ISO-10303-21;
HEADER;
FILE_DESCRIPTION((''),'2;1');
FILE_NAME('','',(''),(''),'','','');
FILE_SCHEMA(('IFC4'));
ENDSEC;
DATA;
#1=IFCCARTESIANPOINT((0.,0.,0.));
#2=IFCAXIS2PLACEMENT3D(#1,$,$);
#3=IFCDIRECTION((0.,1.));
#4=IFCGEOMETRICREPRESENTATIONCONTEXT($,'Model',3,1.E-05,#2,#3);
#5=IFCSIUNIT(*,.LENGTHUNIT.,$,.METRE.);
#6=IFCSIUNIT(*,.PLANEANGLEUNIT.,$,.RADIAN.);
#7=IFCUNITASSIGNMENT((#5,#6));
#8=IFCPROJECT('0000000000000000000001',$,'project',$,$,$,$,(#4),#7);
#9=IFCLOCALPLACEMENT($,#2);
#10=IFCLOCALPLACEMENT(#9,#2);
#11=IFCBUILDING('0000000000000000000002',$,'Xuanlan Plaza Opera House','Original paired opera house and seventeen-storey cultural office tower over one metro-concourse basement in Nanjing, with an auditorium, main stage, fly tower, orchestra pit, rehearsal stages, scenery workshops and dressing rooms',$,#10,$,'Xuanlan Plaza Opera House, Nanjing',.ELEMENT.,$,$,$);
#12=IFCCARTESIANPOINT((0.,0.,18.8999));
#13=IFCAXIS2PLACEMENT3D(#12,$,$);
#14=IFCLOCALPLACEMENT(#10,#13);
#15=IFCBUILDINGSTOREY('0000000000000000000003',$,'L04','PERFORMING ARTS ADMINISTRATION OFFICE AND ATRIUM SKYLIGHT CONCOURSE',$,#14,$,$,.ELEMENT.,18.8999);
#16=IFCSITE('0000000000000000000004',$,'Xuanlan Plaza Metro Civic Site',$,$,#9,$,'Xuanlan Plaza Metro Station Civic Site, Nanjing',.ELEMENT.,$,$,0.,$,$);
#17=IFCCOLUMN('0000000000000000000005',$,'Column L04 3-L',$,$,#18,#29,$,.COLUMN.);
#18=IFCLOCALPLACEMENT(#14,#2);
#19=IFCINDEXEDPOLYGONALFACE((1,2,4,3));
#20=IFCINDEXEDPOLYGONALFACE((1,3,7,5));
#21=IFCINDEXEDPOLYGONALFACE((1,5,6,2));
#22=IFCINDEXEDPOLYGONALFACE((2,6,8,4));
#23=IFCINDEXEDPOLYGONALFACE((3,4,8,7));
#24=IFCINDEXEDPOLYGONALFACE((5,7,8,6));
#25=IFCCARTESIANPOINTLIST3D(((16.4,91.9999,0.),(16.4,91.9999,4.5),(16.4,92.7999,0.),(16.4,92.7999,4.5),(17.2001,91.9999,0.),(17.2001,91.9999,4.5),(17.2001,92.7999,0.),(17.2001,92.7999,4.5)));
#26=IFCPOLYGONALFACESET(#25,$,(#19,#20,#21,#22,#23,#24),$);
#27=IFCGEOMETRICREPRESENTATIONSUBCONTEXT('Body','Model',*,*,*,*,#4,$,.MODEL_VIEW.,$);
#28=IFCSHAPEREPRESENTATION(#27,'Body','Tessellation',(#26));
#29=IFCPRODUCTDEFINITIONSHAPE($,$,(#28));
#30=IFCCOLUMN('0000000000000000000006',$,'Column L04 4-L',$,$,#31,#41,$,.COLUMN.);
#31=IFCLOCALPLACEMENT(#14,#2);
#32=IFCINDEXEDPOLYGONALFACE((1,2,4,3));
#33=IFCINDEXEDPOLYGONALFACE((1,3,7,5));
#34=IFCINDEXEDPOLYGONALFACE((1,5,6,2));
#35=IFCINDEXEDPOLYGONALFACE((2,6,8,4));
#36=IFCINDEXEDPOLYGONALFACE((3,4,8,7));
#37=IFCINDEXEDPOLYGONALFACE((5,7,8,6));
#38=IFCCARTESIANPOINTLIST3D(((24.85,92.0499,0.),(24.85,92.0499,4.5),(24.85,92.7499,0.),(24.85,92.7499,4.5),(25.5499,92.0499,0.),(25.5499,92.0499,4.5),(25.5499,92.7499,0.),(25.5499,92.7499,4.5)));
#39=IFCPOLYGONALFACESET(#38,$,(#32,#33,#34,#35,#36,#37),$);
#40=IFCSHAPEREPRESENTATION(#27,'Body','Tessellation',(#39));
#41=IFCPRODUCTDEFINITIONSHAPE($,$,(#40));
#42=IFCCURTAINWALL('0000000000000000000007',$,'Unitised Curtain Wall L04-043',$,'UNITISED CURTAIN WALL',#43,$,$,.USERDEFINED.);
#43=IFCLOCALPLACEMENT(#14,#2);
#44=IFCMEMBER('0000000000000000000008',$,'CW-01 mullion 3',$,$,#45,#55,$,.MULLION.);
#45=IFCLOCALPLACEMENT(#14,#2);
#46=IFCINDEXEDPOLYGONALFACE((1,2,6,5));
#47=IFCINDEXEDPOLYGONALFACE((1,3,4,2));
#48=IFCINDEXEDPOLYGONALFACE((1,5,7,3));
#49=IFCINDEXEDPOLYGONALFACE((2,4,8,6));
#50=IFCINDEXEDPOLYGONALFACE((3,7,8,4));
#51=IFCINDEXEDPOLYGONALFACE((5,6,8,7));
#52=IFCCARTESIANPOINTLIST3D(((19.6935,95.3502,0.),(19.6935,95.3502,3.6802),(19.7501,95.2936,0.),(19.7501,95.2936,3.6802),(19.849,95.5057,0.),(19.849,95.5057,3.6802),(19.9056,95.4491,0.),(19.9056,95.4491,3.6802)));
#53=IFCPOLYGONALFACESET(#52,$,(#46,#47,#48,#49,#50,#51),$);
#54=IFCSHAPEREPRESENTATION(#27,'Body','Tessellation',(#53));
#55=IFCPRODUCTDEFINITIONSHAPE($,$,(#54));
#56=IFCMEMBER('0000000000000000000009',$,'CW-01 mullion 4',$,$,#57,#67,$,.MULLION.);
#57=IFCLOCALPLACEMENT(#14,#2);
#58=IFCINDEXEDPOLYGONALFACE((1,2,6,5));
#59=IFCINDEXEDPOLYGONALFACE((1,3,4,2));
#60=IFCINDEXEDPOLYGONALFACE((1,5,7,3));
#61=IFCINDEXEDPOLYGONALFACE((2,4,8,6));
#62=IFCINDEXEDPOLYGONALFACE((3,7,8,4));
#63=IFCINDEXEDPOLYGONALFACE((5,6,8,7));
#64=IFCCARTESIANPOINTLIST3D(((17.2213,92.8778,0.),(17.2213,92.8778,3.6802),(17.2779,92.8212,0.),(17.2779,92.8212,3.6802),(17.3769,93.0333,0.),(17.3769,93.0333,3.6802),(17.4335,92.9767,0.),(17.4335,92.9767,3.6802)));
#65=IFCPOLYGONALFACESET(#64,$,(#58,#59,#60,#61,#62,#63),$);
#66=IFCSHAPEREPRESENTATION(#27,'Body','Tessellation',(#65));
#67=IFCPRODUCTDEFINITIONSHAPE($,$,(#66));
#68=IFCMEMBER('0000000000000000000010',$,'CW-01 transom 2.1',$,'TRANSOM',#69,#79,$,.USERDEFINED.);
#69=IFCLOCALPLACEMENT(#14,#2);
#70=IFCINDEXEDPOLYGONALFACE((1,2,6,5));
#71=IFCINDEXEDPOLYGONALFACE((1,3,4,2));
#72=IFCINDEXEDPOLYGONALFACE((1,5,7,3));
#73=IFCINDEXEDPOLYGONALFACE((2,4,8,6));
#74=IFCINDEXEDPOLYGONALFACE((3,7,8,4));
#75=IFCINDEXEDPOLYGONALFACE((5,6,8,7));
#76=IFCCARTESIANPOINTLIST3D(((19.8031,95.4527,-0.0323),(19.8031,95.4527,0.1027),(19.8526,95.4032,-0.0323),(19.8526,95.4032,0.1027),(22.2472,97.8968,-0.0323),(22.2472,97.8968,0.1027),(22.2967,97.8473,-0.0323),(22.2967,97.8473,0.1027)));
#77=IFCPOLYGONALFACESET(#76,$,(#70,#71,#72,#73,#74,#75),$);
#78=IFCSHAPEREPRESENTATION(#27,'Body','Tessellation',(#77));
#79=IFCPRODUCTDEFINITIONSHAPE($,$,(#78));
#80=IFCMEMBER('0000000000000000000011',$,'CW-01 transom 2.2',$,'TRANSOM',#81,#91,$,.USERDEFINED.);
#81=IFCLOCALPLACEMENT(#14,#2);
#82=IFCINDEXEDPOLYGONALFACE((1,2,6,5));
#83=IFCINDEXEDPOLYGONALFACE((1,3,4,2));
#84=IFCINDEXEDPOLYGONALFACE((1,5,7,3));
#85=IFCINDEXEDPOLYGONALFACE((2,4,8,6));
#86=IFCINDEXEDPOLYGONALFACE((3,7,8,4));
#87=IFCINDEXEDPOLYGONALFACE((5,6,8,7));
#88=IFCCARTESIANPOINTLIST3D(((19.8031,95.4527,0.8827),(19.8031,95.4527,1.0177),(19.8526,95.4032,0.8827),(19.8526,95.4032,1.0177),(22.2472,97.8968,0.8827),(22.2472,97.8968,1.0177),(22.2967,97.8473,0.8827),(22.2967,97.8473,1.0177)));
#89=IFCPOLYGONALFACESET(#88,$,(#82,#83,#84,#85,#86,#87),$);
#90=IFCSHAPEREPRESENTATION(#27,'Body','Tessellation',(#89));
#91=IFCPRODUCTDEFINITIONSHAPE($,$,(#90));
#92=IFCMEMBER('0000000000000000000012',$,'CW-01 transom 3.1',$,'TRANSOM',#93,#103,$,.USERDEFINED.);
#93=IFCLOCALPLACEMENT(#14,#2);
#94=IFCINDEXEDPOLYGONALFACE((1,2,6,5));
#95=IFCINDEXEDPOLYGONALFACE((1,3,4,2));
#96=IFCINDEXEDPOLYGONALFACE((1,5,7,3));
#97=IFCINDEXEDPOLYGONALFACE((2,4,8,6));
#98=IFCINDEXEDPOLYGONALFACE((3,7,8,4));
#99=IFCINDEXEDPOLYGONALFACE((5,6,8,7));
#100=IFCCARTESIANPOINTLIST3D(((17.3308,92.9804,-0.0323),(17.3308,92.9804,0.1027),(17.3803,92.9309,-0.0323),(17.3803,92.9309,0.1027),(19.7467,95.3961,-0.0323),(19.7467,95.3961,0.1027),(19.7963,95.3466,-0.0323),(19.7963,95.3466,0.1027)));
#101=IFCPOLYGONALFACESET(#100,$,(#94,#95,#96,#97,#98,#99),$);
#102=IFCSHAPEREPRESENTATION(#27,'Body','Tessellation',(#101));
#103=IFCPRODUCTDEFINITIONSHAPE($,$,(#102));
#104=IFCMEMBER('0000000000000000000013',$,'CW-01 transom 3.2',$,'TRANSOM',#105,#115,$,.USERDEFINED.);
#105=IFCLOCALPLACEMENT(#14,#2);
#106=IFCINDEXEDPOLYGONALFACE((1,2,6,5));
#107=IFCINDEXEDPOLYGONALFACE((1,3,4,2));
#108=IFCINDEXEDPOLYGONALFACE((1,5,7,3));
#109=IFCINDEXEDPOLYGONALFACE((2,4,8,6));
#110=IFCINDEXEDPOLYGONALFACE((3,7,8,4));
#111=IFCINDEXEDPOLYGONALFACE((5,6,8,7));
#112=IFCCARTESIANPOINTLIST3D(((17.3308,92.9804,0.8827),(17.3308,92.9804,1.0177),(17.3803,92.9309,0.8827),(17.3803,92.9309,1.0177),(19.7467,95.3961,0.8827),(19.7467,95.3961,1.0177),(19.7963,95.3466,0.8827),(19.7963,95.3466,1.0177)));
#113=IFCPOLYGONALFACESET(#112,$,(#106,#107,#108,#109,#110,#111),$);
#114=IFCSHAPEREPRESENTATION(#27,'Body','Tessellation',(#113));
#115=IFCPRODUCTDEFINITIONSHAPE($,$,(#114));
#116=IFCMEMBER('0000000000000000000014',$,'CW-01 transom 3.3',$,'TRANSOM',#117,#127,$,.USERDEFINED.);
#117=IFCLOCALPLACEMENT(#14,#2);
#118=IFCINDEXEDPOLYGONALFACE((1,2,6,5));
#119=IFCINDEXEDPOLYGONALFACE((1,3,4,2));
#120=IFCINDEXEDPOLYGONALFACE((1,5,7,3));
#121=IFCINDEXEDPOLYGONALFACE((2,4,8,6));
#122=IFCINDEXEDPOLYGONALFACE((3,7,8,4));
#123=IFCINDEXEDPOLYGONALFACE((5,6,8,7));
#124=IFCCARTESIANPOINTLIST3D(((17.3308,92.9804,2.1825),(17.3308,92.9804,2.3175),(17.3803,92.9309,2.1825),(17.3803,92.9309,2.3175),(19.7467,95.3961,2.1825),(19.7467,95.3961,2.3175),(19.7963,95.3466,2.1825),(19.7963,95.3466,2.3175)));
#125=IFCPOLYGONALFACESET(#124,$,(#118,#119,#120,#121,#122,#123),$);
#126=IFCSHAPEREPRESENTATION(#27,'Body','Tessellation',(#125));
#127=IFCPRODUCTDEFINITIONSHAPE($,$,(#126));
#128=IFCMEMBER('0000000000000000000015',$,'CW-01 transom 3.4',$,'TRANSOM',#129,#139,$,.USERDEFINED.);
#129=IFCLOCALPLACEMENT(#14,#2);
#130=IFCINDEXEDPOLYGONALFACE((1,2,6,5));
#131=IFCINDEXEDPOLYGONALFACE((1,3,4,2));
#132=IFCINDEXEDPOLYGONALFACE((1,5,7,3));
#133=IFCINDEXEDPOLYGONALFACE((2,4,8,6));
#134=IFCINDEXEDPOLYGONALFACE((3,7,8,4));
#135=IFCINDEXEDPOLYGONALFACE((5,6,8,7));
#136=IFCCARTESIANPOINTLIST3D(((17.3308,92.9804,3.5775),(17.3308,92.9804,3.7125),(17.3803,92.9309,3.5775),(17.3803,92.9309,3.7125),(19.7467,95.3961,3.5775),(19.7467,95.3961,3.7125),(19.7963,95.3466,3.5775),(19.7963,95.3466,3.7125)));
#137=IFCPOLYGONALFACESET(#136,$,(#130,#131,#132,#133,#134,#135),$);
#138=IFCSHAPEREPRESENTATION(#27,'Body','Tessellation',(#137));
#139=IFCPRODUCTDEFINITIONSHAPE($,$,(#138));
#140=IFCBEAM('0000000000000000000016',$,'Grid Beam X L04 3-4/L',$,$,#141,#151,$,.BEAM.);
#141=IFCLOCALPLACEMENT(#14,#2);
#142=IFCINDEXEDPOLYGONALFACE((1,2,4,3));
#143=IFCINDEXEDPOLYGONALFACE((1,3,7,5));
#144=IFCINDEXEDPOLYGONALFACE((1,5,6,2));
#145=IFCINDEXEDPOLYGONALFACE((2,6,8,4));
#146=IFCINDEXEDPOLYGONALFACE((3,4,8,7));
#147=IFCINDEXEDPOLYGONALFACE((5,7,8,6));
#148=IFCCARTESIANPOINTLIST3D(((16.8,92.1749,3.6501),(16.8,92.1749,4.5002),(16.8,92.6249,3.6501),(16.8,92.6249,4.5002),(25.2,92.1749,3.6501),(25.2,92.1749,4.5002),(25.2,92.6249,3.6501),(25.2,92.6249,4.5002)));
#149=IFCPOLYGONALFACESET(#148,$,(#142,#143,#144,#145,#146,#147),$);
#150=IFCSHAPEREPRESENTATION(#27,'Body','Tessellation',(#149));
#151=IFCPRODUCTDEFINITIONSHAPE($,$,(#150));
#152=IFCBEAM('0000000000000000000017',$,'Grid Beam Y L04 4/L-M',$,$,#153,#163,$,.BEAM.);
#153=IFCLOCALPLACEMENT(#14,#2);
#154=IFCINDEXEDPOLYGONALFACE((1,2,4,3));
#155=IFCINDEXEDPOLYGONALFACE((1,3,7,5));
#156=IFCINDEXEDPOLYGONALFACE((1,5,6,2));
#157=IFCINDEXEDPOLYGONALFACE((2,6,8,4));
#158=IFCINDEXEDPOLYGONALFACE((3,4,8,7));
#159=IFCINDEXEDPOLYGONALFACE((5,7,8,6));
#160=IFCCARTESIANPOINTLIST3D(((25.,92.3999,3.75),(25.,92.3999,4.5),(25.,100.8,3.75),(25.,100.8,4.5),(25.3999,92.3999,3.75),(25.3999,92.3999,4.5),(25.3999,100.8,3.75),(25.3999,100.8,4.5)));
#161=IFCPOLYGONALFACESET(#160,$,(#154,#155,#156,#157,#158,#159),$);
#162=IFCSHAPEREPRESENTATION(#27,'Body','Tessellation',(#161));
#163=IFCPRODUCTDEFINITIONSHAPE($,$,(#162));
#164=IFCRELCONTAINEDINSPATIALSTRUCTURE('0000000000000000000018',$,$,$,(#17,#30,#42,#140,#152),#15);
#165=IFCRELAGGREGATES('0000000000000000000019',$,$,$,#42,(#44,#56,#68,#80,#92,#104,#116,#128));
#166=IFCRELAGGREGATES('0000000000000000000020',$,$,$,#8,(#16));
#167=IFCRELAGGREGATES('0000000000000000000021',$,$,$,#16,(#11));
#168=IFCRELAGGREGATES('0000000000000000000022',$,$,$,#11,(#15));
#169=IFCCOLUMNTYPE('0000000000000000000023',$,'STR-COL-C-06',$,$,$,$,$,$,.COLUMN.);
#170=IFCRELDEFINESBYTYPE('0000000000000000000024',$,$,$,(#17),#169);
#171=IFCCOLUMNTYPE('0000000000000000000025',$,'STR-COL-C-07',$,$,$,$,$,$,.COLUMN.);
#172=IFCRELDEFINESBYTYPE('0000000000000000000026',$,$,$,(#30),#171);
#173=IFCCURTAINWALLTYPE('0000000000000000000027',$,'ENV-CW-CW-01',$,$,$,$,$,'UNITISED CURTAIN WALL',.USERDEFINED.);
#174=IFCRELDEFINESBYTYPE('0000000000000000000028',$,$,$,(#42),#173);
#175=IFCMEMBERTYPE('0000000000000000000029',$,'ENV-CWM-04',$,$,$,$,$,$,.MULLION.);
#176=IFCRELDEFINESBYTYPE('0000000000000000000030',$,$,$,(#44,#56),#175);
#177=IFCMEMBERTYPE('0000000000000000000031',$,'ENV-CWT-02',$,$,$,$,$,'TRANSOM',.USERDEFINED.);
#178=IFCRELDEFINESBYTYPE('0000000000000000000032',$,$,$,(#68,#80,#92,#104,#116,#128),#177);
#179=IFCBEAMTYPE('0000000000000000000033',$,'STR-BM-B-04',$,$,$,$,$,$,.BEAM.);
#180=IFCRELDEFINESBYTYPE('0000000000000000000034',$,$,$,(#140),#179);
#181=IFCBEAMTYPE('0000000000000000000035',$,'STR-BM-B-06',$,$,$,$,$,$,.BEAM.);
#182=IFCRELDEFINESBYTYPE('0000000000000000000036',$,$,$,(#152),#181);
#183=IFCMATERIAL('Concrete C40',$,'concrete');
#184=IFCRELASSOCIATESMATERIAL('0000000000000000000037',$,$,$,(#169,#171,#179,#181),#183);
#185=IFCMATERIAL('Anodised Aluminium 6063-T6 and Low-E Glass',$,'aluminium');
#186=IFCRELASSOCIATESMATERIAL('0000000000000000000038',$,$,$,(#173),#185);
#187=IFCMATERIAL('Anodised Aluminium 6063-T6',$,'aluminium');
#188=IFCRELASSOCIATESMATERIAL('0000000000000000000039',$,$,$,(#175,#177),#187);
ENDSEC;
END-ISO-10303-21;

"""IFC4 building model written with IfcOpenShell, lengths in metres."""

from ifc_helpers import new_model, si_unit, direction, frame, origin, origin_2d, place, context, subcontext, project, spatial, rectangle, extrude, material, material_profile, profile_set, type_object, element, aggregate, save


model = new_model("IFC4")

# Units and contexts
model_context = context("Model", 3, precision=1e-05, world=origin(), true_north=direction((0.0, 1.0)))
body_context = subcontext(model_context, "Body", "Model", "MODEL_VIEW")
ifc_project = project(units=[si_unit("LENGTHUNIT", "METRE"), si_unit("PLANEANGLEUNIT", "RADIAN")], contexts=[model_context])

# Site, building, storey
site_placement = place(None, origin())
site = spatial("IfcSite", under=ifc_project, at=site_placement, Name="Xuanlan Plaza Metro Civic Site", LongName="Xuanlan Plaza Metro Station Civic Site, Nanjing", CompositionType="ELEMENT", RefElevation=0.0)
building_placement = place(site_placement, origin())
building = spatial("IfcBuilding", under=site, at=building_placement, Name="Xuanlan Plaza Opera House", Description="Original paired opera house and seventeen-storey cultural office tower over one metro-concourse basement in Nanjing, with an auditorium, main stage, fly tower, orchestra pit, rehearsal stages, scenery workshops and dressing rooms", LongName="Xuanlan Plaza Opera House, Nanjing", CompositionType="ELEMENT")
storey_placement = place(building_placement, frame((0.0, 0.0, 18.8999)))
storey = spatial("IfcBuildingStorey", under=building, at=storey_placement, Name="L04", Description="PERFORMING ARTS ADMINISTRATION OFFICE AND ATRIUM SKYLIGHT CONCOURSE", CompositionType="ELEMENT", Elevation=18.8999)

# Columns
ifc_material_1 = material(Name="Concrete C40", Category="concrete")
ifc_material_profile_1 = material_profile(ifc_material_1, rectangle(XDim=0.8, YDim=0.8, at=origin_2d()), Name="RC-COL 800x800")
ifc_profile_set_1 = profile_set([ifc_material_profile_1], Name="Concrete C40")
column_type_1 = type_object("IfcColumnType", Name="STR-COL-C-06", PredefinedType="COLUMN", material=ifc_profile_set_1)
column_1_placement = place(storey_placement, frame((16.8, 92.3999, 0.0), z_axis=(0.0, 0.0, 1.0), x_axis=(1.0, 0.0, 0.0)))
element("IfcColumn", 1, at=column_1_placement, inside=storey, type_object=column_type_1, Name="Column L04 3-L", PredefinedType="COLUMN", context=body_context, shape_type="SweptSolid", body=[
    extrude(rectangle(XDim=0.8, YDim=0.8, at=origin_2d()), origin(), (0.0, 0.0, 1.0), 4.5),
])
ifc_material_profile_2 = material_profile(ifc_material_1, rectangle(XDim=0.7, YDim=0.7, at=origin_2d()), Name="RC-COL 700x700")
ifc_profile_set_2 = profile_set([ifc_material_profile_2], Name="Concrete C40")
column_type_2 = type_object("IfcColumnType", Name="STR-COL-C-07", PredefinedType="COLUMN", material=ifc_profile_set_2)
column_2_placement = place(storey_placement, frame((25.2, 92.3999, 0.0), z_axis=(0.0, 0.0, 1.0), x_axis=(1.0, 0.0, 0.0)))
element("IfcColumn", 2, at=column_2_placement, inside=storey, type_object=column_type_2, Name="Column L04 4-L", PredefinedType="COLUMN", context=body_context, shape_type="SweptSolid", body=[
    extrude(rectangle(XDim=0.7, YDim=0.7, at=origin_2d()), origin(), (0.0, 0.0, 1.0), 4.5),
])

# Curtain wall, members
ifc_material_2 = material(Name="Anodised Aluminium 6063-T6 and Low-E Glass", Category="aluminium")
curtain_wall_type = type_object("IfcCurtainWallType", Name="ENV-CW-CW-01", ElementType="UNITISED CURTAIN WALL", PredefinedType="USERDEFINED", material=ifc_material_2)
curtain_wall_placement = place(storey_placement, origin())
curtain_wall = element("IfcCurtainWall", 3, at=curtain_wall_placement, inside=storey, type_object=curtain_wall_type, Name="Unitised Curtain Wall L04-043", ObjectType="UNITISED CURTAIN WALL", PredefinedType="USERDEFINED")
ifc_material_3 = material(Name="Anodised Aluminium 6063-T6", Category="aluminium")
ifc_material_profile_3 = material_profile(ifc_material_3, rectangle(XDim=0.0801, YDim=0.22, at=origin_2d()), Name="ALU-M 80x220")
ifc_profile_set_3 = profile_set([ifc_material_profile_3], Name="Anodised Aluminium 6063-T6")
member_type_1 = type_object("IfcMemberType", Name="ENV-CWM-04", PredefinedType="MULLION", material=ifc_profile_set_3)
member_1_placement = place(storey_placement, frame((19.7996, 95.3997, 0.0), z_axis=(0.0, 0.0, 1.0), x_axis=(0.707107, -0.707107, 0.0)))
member_1 = element("IfcMember", 4, at=member_1_placement, type_object=member_type_1, Name="CW-01 mullion 3", PredefinedType="MULLION", context=body_context, shape_type="SweptSolid", body=[
    extrude(rectangle(XDim=0.0801, YDim=0.22, at=origin_2d()), origin(), (0.0, 0.0, 1.0), 3.6802),
])
member_2_placement = place(storey_placement, frame((17.3274, 92.9272, 0.0), z_axis=(0.0, 0.0, 1.0), x_axis=(0.707107, -0.707107, 0.0)))
member_2 = element("IfcMember", 5, at=member_2_placement, type_object=member_type_1, Name="CW-01 mullion 4", PredefinedType="MULLION", context=body_context, shape_type="SweptSolid", body=[
    extrude(rectangle(XDim=0.0801, YDim=0.22, at=origin_2d()), origin(), (0.0, 0.0, 1.0), 3.6802),
])
ifc_material_profile_4 = material_profile(ifc_material_3, rectangle(XDim=0.0701, YDim=0.135, at=origin_2d()), Name="ALU-T 70x135")
ifc_profile_set_4 = profile_set([ifc_material_profile_4], Name="Anodised Aluminium 6063-T6")
member_type_2 = type_object("IfcMemberType", Name="ENV-CWT-02", ElementType="TRANSOM", PredefinedType="USERDEFINED", material=ifc_profile_set_4)
member_3_placement = place(storey_placement, frame((22.272, 97.8721, 0.0352), z_axis=(-0.707107, -0.707107, 0.0), x_axis=(0.707107, -0.707107, 0.0)))
member_3 = element("IfcMember", 6, at=member_3_placement, type_object=member_type_2, Name="CW-01 transom 2.1", ObjectType="TRANSOM", PredefinedType="USERDEFINED", context=body_context, shape_type="SweptSolid", body=[
    extrude(rectangle(XDim=0.0701, YDim=0.135, at=origin_2d()), origin(), (0.0, 0.0, 1.0), 3.4565),
])
member_4_placement = place(storey_placement, frame((22.272, 97.8721, 0.9502), z_axis=(-0.707107, -0.707107, 0.0), x_axis=(0.707107, -0.707107, 0.0)))
member_4 = element("IfcMember", 7, at=member_4_placement, type_object=member_type_2, Name="CW-01 transom 2.2", ObjectType="TRANSOM", PredefinedType="USERDEFINED", context=body_context, shape_type="SweptSolid", body=[
    extrude(rectangle(XDim=0.0701, YDim=0.135, at=origin_2d()), origin(), (0.0, 0.0, 1.0), 3.4565),
])
member_5_placement = place(storey_placement, frame((19.7715, 95.3713, 0.0352), z_axis=(-0.707143, -0.707071, 0.0), x_axis=(0.707071, -0.707143, 0.0)))
member_5 = element("IfcMember", 8, at=member_5_placement, type_object=member_type_2, Name="CW-01 transom 3.1", ObjectType="TRANSOM", PredefinedType="USERDEFINED", context=body_context, shape_type="SweptSolid", body=[
    extrude(rectangle(XDim=0.0701, YDim=0.135, at=origin_2d()), origin(), (0.0, 0.0, 1.0), 3.4165),
])
member_6_placement = place(storey_placement, frame((19.7715, 95.3713, 0.9502), z_axis=(-0.707143, -0.707071, 0.0), x_axis=(0.707071, -0.707143, 0.0)))
member_6 = element("IfcMember", 9, at=member_6_placement, type_object=member_type_2, Name="CW-01 transom 3.2", ObjectType="TRANSOM", PredefinedType="USERDEFINED", context=body_context, shape_type="SweptSolid", body=[
    extrude(rectangle(XDim=0.0701, YDim=0.135, at=origin_2d()), origin(), (0.0, 0.0, 1.0), 3.4165),
])
member_7_placement = place(storey_placement, frame((19.7715, 95.3713, 2.25), z_axis=(-0.707143, -0.707071, 0.0), x_axis=(0.707071, -0.707143, 0.0)))
member_7 = element("IfcMember", 10, at=member_7_placement, type_object=member_type_2, Name="CW-01 transom 3.3", ObjectType="TRANSOM", PredefinedType="USERDEFINED", context=body_context, shape_type="SweptSolid", body=[
    extrude(rectangle(XDim=0.0701, YDim=0.135, at=origin_2d()), origin(), (0.0, 0.0, 1.0), 3.4165),
])
member_8_placement = place(storey_placement, frame((19.7715, 95.3713, 3.645), z_axis=(-0.707143, -0.707071, 0.0), x_axis=(0.707071, -0.707143, 0.0)))
member_8 = element("IfcMember", 11, at=member_8_placement, type_object=member_type_2, Name="CW-01 transom 3.4", ObjectType="TRANSOM", PredefinedType="USERDEFINED", context=body_context, shape_type="SweptSolid", body=[
    extrude(rectangle(XDim=0.0701, YDim=0.135, at=origin_2d()), origin(), (0.0, 0.0, 1.0), 3.4165),
])

# Beams
ifc_material_profile_5 = material_profile(ifc_material_1, rectangle(XDim=0.45, YDim=0.8501, at=origin_2d()), Name="RC-BM 450x850")
ifc_profile_set_5 = profile_set([ifc_material_profile_5], Name="Concrete C40")
beam_type_1 = type_object("IfcBeamType", Name="STR-BM-B-04", PredefinedType="BEAM", material=ifc_profile_set_5)
beam_1_placement = place(storey_placement, frame((16.8, 92.3999, 4.0752), z_axis=(1.0, 0.0, 0.0), x_axis=(0.0, 1.0, 0.0)))
element("IfcBeam", 12, at=beam_1_placement, inside=storey, type_object=beam_type_1, Name="Grid Beam X L04 3-4/L", PredefinedType="BEAM", context=body_context, shape_type="SweptSolid", body=[
    extrude(rectangle(XDim=0.45, YDim=0.8501, at=origin_2d()), origin(), (0.0, 0.0, 1.0), 8.3999),
])
ifc_material_profile_6 = material_profile(ifc_material_1, rectangle(XDim=0.3999, YDim=0.75, at=origin_2d()), Name="RC-BM 400x750")
ifc_profile_set_6 = profile_set([ifc_material_profile_6], Name="Concrete C40")
beam_type_2 = type_object("IfcBeamType", Name="STR-BM-B-06", PredefinedType="BEAM", material=ifc_profile_set_6)
beam_2_placement = place(storey_placement, frame((25.2, 92.3999, 4.125), z_axis=(0.0, 1.0, 0.0), x_axis=(-1.0, 0.0, 0.0)))
element("IfcBeam", 13, at=beam_2_placement, inside=storey, type_object=beam_type_2, Name="Grid Beam Y L04 4/L-M", PredefinedType="BEAM", context=body_context, shape_type="SweptSolid", body=[
    extrude(rectangle(XDim=0.3999, YDim=0.75, at=origin_2d()), origin(), (0.0, 0.0, 1.0), 8.4001),
])

aggregate(curtain_wall, [member_1, member_2, member_3, member_4, member_5, member_6, member_7, member_8])

save(model, "model.ifc")
